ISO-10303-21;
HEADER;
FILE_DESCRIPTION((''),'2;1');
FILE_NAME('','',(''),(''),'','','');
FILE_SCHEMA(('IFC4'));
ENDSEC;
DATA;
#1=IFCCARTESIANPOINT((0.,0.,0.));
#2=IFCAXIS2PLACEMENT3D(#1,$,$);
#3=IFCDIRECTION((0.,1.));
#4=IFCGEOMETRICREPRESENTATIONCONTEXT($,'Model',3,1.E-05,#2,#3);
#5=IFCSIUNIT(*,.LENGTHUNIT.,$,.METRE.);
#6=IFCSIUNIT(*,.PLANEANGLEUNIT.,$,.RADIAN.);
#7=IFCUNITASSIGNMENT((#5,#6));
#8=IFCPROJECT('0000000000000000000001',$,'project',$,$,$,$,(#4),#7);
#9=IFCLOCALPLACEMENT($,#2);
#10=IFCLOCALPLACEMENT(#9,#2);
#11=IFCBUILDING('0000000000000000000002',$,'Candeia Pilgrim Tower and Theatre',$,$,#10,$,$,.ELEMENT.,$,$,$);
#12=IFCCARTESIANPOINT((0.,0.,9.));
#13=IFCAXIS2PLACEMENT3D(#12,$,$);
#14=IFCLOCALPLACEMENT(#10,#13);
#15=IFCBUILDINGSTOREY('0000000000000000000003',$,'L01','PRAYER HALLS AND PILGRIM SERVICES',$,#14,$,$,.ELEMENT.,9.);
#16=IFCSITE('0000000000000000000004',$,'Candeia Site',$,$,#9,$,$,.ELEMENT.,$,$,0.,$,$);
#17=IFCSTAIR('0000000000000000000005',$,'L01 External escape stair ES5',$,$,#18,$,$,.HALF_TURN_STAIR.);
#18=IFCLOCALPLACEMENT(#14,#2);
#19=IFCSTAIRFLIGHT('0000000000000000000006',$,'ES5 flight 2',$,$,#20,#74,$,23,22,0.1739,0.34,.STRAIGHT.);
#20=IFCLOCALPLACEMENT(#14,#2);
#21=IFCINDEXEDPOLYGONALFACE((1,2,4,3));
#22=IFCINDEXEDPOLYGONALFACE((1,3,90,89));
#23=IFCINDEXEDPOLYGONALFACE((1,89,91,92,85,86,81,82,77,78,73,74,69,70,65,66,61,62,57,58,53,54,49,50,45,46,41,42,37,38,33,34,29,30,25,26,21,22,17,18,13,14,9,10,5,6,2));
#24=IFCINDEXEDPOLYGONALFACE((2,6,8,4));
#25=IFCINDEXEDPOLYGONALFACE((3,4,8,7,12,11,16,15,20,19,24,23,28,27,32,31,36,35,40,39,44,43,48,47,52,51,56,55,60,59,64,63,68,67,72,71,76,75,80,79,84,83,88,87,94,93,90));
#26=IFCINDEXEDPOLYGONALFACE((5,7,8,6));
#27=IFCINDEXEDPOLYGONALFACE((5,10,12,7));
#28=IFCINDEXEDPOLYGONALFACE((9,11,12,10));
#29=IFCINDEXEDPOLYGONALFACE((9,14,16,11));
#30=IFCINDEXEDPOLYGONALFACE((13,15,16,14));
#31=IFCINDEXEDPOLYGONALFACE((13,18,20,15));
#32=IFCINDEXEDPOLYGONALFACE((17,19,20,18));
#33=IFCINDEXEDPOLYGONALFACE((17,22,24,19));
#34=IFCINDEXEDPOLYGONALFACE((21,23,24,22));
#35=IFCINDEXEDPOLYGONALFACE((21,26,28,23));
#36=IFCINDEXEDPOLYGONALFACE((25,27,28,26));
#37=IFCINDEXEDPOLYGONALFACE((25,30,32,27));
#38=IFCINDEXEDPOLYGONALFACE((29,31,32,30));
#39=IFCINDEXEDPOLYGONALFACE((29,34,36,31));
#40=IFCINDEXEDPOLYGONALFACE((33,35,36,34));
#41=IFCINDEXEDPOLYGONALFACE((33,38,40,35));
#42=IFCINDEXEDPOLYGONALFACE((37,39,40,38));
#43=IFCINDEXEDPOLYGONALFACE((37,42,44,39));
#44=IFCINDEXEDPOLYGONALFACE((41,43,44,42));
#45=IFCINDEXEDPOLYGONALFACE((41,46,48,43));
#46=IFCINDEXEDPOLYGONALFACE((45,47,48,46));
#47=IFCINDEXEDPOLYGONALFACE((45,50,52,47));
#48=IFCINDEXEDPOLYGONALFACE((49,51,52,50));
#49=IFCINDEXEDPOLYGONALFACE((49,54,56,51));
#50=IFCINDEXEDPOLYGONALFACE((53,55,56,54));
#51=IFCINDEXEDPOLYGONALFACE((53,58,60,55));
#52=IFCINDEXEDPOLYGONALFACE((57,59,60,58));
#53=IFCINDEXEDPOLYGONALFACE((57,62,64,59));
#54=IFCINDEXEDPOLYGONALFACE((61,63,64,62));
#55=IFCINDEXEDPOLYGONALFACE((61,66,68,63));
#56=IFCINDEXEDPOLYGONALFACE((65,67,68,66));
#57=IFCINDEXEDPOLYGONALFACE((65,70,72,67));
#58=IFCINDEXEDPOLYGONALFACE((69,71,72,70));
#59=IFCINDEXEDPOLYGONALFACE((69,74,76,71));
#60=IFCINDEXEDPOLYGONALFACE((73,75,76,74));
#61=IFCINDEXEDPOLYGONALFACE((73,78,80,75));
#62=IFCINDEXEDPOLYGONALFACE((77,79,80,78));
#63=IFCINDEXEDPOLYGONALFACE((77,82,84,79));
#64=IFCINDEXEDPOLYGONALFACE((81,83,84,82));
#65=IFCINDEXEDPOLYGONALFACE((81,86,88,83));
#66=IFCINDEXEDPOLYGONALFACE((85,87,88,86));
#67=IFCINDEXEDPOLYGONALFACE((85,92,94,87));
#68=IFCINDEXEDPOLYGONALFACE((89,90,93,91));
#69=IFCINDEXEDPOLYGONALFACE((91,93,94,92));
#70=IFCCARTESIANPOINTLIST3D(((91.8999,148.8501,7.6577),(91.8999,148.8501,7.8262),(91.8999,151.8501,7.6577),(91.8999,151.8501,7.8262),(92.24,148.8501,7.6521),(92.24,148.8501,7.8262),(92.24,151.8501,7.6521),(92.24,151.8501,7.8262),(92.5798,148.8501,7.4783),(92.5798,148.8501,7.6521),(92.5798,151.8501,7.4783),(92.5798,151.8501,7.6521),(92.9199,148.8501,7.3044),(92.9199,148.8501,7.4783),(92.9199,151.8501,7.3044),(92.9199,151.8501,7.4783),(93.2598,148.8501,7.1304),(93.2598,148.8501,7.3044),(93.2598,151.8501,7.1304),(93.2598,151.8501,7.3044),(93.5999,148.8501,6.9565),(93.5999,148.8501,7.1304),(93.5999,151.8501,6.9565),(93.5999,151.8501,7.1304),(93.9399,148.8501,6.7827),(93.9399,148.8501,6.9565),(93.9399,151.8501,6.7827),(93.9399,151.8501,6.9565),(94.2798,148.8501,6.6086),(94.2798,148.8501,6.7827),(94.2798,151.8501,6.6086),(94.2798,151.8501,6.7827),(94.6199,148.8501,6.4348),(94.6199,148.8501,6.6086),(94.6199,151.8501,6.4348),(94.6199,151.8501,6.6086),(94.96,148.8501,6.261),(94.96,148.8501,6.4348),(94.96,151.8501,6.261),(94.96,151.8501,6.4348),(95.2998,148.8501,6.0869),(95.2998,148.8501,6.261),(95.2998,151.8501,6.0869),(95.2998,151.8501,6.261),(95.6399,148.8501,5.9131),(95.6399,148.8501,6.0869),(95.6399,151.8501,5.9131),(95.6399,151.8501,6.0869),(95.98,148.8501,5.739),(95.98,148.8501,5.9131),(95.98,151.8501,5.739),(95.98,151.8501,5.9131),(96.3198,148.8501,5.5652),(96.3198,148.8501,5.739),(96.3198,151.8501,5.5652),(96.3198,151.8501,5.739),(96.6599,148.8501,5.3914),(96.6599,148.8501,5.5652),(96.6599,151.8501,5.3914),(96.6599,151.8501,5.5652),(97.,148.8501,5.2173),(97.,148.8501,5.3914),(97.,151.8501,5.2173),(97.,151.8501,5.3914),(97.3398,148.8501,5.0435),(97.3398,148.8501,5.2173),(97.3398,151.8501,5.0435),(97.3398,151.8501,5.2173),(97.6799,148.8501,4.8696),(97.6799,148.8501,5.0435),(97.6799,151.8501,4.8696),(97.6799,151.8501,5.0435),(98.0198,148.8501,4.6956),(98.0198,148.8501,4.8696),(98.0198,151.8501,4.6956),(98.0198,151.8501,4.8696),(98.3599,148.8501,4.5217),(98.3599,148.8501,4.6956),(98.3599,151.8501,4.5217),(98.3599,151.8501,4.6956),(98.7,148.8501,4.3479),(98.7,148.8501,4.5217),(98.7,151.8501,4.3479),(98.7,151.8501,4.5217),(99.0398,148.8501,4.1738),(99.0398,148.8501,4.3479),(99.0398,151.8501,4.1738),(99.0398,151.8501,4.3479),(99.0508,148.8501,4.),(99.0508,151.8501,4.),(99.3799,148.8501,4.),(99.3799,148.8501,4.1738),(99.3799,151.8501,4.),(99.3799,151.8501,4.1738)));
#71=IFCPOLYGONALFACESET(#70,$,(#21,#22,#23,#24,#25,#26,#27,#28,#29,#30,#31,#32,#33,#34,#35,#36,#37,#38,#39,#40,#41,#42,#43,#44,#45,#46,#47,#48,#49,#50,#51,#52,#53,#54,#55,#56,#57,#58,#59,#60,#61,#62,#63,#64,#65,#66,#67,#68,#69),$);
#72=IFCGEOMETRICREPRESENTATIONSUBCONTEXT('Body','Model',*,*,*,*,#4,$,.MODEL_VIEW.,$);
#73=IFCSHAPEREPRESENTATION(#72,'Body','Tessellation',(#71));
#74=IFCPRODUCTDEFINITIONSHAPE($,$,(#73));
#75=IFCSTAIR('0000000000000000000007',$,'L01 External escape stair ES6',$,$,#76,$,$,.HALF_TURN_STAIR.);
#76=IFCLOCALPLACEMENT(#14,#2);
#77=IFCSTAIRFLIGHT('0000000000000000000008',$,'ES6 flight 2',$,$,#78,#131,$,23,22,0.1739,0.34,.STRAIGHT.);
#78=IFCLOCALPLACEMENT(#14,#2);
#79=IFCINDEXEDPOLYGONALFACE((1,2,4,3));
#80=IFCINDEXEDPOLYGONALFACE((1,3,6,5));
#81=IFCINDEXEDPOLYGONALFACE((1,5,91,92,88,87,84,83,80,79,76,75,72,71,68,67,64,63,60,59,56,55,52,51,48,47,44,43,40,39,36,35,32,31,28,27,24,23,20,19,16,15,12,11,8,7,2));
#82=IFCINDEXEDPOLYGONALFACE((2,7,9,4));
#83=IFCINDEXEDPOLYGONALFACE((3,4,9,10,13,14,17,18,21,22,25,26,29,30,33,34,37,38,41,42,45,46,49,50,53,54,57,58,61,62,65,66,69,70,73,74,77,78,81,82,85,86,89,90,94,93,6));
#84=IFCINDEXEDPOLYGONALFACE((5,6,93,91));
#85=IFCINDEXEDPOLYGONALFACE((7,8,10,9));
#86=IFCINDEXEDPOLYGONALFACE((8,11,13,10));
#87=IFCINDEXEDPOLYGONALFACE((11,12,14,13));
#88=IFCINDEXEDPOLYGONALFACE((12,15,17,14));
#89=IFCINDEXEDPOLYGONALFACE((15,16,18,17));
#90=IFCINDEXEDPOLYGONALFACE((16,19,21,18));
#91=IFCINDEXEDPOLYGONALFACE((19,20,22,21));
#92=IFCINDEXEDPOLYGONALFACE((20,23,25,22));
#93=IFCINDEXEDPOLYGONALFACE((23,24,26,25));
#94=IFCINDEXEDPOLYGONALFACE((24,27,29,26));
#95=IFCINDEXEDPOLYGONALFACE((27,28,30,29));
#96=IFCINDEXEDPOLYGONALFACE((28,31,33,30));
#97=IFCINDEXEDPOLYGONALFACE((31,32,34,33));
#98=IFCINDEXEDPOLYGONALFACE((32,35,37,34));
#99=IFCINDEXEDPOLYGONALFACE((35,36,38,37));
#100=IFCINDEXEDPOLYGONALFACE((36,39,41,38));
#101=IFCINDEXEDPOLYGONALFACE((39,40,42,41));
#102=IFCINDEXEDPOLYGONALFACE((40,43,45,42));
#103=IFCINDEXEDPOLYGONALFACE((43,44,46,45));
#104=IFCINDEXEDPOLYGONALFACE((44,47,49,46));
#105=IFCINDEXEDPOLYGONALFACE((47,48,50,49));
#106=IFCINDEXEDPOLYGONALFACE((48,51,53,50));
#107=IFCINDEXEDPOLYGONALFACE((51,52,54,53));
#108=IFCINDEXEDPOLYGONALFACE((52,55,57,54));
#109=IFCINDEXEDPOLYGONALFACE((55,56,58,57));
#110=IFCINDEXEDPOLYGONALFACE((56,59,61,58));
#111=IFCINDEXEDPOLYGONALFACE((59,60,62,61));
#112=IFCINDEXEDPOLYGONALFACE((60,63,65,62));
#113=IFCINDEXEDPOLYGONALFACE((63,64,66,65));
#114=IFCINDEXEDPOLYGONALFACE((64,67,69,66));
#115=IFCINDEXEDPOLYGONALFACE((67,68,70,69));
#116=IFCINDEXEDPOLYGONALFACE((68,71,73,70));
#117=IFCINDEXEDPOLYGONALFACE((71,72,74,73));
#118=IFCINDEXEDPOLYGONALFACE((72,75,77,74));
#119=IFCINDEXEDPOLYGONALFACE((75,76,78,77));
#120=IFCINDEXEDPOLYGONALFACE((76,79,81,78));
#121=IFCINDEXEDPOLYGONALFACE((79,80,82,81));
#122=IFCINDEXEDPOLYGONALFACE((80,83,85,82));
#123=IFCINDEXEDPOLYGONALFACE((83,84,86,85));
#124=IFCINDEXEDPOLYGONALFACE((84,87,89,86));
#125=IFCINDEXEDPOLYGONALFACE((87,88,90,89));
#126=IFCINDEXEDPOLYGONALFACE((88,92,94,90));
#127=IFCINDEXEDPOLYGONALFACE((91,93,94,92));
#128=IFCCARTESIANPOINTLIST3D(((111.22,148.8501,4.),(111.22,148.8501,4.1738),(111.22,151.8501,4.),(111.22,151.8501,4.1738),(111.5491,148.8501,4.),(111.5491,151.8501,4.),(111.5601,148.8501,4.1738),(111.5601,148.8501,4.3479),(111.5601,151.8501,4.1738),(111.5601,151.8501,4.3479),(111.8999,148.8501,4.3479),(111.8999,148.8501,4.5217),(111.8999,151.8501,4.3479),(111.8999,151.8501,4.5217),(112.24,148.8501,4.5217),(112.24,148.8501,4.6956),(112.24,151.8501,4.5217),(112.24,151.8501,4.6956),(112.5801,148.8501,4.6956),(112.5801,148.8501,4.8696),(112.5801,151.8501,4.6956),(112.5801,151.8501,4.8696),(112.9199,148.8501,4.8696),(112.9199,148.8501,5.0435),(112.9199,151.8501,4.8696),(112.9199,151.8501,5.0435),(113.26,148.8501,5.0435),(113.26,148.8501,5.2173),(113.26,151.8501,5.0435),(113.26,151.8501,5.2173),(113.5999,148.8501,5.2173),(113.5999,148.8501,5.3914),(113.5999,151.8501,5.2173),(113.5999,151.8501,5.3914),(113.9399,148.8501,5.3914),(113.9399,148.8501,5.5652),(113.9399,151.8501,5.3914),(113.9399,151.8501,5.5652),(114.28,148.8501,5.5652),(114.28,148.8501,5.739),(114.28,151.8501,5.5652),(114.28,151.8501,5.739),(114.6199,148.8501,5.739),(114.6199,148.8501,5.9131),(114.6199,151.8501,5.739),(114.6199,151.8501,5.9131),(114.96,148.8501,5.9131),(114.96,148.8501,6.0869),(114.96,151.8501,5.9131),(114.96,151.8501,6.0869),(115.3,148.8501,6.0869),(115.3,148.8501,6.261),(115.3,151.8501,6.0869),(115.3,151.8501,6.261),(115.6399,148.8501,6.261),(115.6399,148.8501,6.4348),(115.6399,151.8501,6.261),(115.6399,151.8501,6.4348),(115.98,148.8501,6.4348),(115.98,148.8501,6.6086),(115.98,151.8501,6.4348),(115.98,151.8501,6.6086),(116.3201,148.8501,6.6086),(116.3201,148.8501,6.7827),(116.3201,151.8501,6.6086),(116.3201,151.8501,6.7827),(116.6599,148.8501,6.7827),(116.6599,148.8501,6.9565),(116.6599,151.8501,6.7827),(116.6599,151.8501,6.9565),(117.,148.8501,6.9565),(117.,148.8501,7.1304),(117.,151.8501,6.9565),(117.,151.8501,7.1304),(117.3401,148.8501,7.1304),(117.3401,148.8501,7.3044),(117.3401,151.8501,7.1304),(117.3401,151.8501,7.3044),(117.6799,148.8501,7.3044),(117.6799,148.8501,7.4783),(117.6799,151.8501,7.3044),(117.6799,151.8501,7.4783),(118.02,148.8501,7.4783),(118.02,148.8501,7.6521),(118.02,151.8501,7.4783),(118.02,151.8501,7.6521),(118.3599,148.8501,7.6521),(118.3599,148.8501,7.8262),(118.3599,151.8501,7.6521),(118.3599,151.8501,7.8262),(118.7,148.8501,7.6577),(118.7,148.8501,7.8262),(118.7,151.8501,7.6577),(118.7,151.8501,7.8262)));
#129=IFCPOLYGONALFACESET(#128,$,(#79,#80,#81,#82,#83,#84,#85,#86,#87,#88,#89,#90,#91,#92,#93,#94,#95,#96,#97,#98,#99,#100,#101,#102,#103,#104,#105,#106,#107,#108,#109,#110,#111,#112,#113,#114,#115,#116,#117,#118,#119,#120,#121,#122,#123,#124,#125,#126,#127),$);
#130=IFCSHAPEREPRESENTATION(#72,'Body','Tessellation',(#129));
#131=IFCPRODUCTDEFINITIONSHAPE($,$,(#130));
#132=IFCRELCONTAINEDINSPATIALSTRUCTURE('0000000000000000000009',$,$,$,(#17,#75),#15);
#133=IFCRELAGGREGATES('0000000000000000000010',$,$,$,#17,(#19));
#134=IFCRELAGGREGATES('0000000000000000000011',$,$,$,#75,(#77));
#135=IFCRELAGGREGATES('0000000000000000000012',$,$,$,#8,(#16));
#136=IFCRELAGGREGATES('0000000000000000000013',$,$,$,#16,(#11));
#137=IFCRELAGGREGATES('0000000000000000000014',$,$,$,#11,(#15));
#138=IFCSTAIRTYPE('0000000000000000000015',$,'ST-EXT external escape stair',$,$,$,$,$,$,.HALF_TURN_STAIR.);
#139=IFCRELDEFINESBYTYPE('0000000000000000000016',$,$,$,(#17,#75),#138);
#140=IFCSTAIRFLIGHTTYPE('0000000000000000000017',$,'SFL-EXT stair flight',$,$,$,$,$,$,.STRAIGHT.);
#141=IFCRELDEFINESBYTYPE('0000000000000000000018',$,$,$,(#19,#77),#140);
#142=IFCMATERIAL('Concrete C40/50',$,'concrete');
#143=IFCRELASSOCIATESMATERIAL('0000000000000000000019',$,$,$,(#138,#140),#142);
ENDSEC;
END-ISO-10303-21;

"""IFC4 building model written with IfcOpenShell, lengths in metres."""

from ifc_helpers import new_model, si_unit, direction, frame, origin, place, context, subcontext, project, spatial, polyline, outline, extrude, material, type_object, element, aggregate, save


model = new_model("IFC4")

# Units and contexts
model_context = context("Model", 3, precision=1e-05, world=origin(), true_north=direction((0.0, 1.0)))
body_context = subcontext(model_context, "Body", "Model", "MODEL_VIEW")
ifc_project = project(units=[si_unit("LENGTHUNIT", "METRE"), si_unit("PLANEANGLEUNIT", "RADIAN")], contexts=[model_context])

# Site, building, storey
site_placement = place(None, origin())
site = spatial("IfcSite", under=ifc_project, at=site_placement, Name="Candeia Site", CompositionType="ELEMENT", RefElevation=0.0)
building_placement = place(site_placement, origin())
building = spatial("IfcBuilding", under=site, at=building_placement, Name="Candeia Pilgrim Tower and Theatre", CompositionType="ELEMENT")
storey_placement = place(building_placement, frame((0.0, 0.0, 9.0)))
storey = spatial("IfcBuildingStorey", under=building, at=storey_placement, Name="L01", Description="PRAYER HALLS AND PILGRIM SERVICES", CompositionType="ELEMENT", Elevation=9.0)

# Shared definitions
ifc_material_1 = material(Name="Concrete C40/50", Category="concrete")

# Stairs, stair flights
stair_type = type_object("IfcStairType", Name="ST-EXT external escape stair", PredefinedType="HALF_TURN_STAIR", material=ifc_material_1)
stair_1_placement = place(storey_placement, origin())
stair_1 = element("IfcStair", 1, at=stair_1_placement, inside=storey, type_object=stair_type, Name="L01 External escape stair ES5", PredefinedType="HALF_TURN_STAIR")
stair_flight_type = type_object("IfcStairFlightType", Name="SFL-EXT stair flight", PredefinedType="STRAIGHT", material=ifc_material_1)
stair_flight_1_placement = place(storey_placement, frame((99.3799, 150.3501, 4.0), z_axis=(0.0, 0.0, 1.0), x_axis=(-1.0, 0.0, 0.0)))
stair_flight_1 = element("IfcStairFlight", 2, at=stair_flight_1_placement, type_object=stair_flight_type, Name="ES5 flight 2", NumberOfRisers=23, NumberOfTreads=22, PredefinedType="STRAIGHT", RiserHeight=0.1739, TreadLength=0.34, context=body_context, shape_type="SweptSolid", body=[
    extrude(outline(polyline([(0.0, 0.0), (0.0, 0.1738), (0.3401, 0.1738), (0.3401, 0.3479), (0.6799, 0.3479), (0.6799, 0.5217), (1.02, 0.5217), (1.02, 0.6956), (1.3601, 0.6956), (1.3601, 0.8696), (1.7, 0.8696), (1.7, 1.0435), (2.04, 1.0435), (2.04, 1.2173), (2.3799, 1.2173), (2.3799, 1.3914), (2.72, 1.3914), (2.72, 1.5652), (3.0601, 1.5652), (3.0601, 1.739), (3.3999, 1.739), (3.3999, 1.9131), (3.74, 1.9131), (3.74, 2.0869), (4.0801, 2.0869), (4.0801, 2.261), (4.4199, 2.261), (4.4199, 2.4348), (4.76, 2.4348), (4.76, 2.6086), (5.1001, 2.6086), (5.1001, 2.7827), (5.4399, 2.7827), (5.4399, 2.9565), (5.78, 2.9565), (5.78, 3.1304), (6.1201, 3.1304), (6.1201, 3.3044), (6.46, 3.3044), (6.46, 3.4783), (6.8, 3.4783), (6.8, 3.6521), (7.1399, 3.6521), (7.1399, 3.8262), (7.48, 3.8262), (7.48, 4.0), (7.48, 3.6577), (0.3291, 0.0), (0.0, 0.0)])), frame((0.0, 1.5, 0.0), z_axis=(0.0, -1.0, 0.0), x_axis=(1.0, 0.0, 0.0)), (0.0, 0.0, 1.0), 3.0),
])
aggregate(stair_1, [stair_flight_1])
stair_2_placement = place(storey_placement, origin())
stair_2 = element("IfcStair", 3, at=stair_2_placement, inside=storey, type_object=stair_type, Name="L01 External escape stair ES6", PredefinedType="HALF_TURN_STAIR")
stair_flight_2_placement = place(storey_placement, frame((111.22, 150.3501, 4.0), z_axis=(0.0, 0.0, 1.0), x_axis=(1.0, 0.0, 0.0)))
stair_flight_2 = element("IfcStairFlight", 4, at=stair_flight_2_placement, type_object=stair_flight_type, Name="ES6 flight 2", NumberOfRisers=23, NumberOfTreads=22, PredefinedType="STRAIGHT", RiserHeight=0.1739, TreadLength=0.34, context=body_context, shape_type="SweptSolid", body=[
    extrude(outline(polyline([(0.0, 0.0), (0.0, 0.1738), (0.3401, 0.1738), (0.3401, 0.3479), (0.6799, 0.3479), (0.6799, 0.5217), (1.02, 0.5217), (1.02, 0.6956), (1.3601, 0.6956), (1.3601, 0.8696), (1.7, 0.8696), (1.7, 1.0435), (2.04, 1.0435), (2.04, 1.2173), (2.3799, 1.2173), (2.3799, 1.3914), (2.72, 1.3914), (2.72, 1.5652), (3.0601, 1.5652), (3.0601, 1.739), (3.3999, 1.739), (3.3999, 1.9131), (3.74, 1.9131), (3.74, 2.0869), (4.0801, 2.0869), (4.0801, 2.261), (4.4199, 2.261), (4.4199, 2.4348), (4.76, 2.4348), (4.76, 2.6086), (5.1001, 2.6086), (5.1001, 2.7827), (5.4399, 2.7827), (5.4399, 2.9565), (5.78, 2.9565), (5.78, 3.1304), (6.1201, 3.1304), (6.1201, 3.3044), (6.46, 3.3044), (6.46, 3.4783), (6.8, 3.4783), (6.8, 3.6521), (7.1399, 3.6521), (7.1399, 3.8262), (7.48, 3.8262), (7.48, 4.0), (7.48, 3.6577), (0.3291, 0.0), (0.0, 0.0)])), frame((0.0, 1.5, 0.0), z_axis=(0.0, -1.0, 0.0), x_axis=(1.0, 0.0, 0.0)), (0.0, 0.0, 1.0), 3.0),
])
aggregate(stair_2, [stair_flight_2])

save(model, "model.ifc")
